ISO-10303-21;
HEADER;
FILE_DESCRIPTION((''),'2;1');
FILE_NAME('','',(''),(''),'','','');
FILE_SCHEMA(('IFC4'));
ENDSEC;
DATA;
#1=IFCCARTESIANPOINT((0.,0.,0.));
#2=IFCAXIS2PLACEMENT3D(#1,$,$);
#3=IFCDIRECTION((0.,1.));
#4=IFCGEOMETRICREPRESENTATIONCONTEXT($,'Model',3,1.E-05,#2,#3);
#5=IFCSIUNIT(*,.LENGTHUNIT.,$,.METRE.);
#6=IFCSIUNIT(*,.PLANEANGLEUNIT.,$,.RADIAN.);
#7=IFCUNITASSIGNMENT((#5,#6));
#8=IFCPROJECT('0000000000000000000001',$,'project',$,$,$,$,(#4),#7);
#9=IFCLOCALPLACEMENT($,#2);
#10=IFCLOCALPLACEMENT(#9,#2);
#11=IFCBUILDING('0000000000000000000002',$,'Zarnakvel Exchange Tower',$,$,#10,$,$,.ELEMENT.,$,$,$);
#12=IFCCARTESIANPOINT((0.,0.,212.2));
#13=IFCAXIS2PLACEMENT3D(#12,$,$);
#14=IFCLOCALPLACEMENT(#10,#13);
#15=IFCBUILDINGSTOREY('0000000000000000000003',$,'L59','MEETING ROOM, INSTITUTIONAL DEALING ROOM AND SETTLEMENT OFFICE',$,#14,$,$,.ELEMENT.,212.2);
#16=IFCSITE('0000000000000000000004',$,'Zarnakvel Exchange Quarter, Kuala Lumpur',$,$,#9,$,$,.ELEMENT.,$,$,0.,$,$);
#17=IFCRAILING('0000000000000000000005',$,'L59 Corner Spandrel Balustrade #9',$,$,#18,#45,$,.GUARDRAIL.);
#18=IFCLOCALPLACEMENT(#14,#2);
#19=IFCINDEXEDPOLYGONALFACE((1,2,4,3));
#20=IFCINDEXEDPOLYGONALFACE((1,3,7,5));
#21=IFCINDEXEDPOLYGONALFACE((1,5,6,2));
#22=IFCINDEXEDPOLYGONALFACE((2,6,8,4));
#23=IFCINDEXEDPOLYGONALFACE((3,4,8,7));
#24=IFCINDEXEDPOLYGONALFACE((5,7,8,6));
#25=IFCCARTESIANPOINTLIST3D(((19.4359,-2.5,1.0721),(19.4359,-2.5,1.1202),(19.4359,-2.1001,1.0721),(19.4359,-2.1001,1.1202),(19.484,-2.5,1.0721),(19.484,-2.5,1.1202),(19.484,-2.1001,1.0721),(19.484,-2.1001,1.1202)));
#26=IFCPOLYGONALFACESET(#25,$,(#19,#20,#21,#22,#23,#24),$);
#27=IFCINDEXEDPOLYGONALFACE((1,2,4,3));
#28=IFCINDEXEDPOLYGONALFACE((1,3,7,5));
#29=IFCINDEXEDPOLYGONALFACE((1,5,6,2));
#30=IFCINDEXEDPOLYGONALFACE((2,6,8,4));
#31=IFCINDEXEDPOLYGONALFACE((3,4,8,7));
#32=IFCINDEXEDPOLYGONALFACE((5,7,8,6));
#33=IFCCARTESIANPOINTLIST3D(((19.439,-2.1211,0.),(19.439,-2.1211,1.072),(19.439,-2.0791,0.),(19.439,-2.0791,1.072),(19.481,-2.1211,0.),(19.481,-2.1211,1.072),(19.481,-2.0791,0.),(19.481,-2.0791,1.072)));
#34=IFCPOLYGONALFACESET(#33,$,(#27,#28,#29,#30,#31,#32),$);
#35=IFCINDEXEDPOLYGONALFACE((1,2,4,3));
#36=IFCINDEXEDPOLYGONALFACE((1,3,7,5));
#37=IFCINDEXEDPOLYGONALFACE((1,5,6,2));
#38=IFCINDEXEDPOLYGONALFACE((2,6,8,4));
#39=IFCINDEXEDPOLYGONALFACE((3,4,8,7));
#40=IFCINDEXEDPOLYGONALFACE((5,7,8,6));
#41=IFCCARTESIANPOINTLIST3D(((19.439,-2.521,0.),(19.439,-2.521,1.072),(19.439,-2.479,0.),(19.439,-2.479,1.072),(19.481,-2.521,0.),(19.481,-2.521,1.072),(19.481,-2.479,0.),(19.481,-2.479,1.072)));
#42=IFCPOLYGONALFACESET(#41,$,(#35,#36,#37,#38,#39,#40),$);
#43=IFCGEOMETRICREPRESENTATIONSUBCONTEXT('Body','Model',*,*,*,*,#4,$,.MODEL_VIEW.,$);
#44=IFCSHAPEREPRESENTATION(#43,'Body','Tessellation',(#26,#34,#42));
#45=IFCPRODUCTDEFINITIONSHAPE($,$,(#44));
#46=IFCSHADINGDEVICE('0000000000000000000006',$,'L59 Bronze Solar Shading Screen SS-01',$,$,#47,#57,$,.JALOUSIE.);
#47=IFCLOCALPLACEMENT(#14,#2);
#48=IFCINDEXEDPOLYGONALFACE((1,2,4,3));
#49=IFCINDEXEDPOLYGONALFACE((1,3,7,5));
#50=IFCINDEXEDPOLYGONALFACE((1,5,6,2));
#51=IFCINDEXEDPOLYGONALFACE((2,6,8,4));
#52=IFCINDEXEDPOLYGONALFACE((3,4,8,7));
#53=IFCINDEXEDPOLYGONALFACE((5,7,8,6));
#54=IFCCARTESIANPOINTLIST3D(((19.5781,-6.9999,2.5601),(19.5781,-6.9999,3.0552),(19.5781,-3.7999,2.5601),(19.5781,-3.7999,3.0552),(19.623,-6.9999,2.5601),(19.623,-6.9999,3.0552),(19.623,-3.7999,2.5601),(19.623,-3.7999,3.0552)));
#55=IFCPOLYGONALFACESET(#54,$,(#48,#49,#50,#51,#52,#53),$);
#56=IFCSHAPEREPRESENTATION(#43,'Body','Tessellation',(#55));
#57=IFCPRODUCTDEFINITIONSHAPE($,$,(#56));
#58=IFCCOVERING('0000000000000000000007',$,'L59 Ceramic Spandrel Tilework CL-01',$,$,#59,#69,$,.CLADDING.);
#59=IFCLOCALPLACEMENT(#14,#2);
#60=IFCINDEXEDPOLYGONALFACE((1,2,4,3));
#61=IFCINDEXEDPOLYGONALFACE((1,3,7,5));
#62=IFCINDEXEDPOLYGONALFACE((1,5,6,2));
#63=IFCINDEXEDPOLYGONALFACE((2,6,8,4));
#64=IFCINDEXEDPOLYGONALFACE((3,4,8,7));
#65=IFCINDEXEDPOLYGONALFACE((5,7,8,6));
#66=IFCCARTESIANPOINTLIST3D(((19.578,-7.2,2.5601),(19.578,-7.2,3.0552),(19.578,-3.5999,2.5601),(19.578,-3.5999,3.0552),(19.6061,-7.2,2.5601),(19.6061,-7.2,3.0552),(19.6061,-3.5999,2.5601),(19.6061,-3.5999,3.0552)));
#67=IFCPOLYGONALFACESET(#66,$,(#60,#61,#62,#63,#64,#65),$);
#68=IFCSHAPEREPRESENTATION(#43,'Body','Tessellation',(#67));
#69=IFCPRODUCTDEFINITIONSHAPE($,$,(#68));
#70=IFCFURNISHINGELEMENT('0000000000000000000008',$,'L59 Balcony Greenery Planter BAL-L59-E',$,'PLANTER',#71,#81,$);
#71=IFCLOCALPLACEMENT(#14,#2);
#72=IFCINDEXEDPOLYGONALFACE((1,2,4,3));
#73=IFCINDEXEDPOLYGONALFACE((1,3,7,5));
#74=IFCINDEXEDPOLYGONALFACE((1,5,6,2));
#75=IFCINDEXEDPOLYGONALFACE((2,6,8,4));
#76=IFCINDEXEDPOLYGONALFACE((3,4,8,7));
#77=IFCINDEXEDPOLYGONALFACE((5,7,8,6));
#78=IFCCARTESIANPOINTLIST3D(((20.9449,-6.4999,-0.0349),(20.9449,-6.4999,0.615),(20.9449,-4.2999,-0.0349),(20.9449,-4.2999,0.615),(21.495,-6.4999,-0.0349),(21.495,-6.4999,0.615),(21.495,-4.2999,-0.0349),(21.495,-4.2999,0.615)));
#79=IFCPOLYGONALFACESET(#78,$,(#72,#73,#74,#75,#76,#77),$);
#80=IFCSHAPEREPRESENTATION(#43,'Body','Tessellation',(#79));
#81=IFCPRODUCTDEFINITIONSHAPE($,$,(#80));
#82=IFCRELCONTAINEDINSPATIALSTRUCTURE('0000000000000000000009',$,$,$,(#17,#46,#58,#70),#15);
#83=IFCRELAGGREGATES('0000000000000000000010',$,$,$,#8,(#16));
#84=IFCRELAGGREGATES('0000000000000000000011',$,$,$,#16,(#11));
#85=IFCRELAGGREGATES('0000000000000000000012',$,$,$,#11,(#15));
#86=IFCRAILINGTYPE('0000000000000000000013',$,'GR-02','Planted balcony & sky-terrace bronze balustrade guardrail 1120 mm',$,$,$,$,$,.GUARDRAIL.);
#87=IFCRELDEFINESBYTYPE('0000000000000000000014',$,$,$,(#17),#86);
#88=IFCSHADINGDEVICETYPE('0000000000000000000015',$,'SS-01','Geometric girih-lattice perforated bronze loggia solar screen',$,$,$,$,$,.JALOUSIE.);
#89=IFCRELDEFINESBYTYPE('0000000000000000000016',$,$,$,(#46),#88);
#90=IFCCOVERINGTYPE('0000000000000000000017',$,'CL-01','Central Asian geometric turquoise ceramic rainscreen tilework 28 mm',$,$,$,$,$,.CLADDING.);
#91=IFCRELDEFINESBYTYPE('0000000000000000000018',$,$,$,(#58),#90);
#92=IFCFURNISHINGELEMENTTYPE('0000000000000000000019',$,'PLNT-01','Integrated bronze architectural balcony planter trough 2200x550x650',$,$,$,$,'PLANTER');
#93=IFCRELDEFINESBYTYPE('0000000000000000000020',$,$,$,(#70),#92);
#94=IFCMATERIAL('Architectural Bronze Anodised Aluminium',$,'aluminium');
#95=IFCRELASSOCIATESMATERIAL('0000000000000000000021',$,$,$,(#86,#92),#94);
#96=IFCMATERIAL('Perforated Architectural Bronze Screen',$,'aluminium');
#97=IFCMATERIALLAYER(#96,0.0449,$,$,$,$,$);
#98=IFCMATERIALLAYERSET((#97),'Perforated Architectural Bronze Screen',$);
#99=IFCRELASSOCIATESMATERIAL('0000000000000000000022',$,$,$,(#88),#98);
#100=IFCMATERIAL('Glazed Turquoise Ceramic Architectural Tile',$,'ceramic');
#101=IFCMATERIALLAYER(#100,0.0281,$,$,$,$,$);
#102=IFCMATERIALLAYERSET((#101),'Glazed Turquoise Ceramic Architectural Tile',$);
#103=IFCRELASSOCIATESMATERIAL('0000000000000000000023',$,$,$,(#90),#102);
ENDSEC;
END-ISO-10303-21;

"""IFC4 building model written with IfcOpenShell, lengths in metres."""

from ifc_helpers import new_model, si_unit, direction, frame, origin, origin_2d, place, context, subcontext, project, spatial, rectangle, extrude, source, transform, mapped, material, layer, layer_set, type_object, element, save


model = new_model("IFC4")

# Units and contexts
model_context = context("Model", 3, precision=1e-05, world=origin(), true_north=direction((0.0, 1.0)))
body_context = subcontext(model_context, "Body", "Model", "MODEL_VIEW")
ifc_project = project(units=[si_unit("LENGTHUNIT", "METRE"), si_unit("PLANEANGLEUNIT", "RADIAN")], contexts=[model_context])

# Site, building, storey
site_placement = place(None, origin())
site = spatial("IfcSite", under=ifc_project, at=site_placement, Name="Zarnakvel Exchange Quarter, Kuala Lumpur", CompositionType="ELEMENT", RefElevation=0.0)
building_placement = place(site_placement, origin())
building = spatial("IfcBuilding", under=site, at=building_placement, Name="Zarnakvel Exchange Tower", CompositionType="ELEMENT")
storey_placement = place(building_placement, frame((0.0, 0.0, 212.2)))
storey = spatial("IfcBuildingStorey", under=building, at=storey_placement, Name="L59", Description="MEETING ROOM, INSTITUTIONAL DEALING ROOM AND SETTLEMENT OFFICE", CompositionType="ELEMENT", Elevation=212.2)

# Shared definitions
ifc_material_1 = material(Name="Architectural Bronze Anodised Aluminium", Category="aluminium")

# Railing
railing_type = type_object("IfcRailingType", Name="GR-02", Description="Planted balcony & sky-terrace bronze balustrade guardrail 1120 mm", PredefinedType="GUARDRAIL", material=ifc_material_1)
railing_placement = place(storey_placement, frame((19.46, -2.1001, 0.0)))
element("IfcRailing", 1, at=railing_placement, inside=storey, type_object=railing_type, Name="L59 Corner Spandrel Balustrade #9", PredefinedType="GUARDRAIL", context=body_context, shape_type="SweptSolid", body=[
    extrude(rectangle(XDim=0.0481, YDim=0.0481, at=origin_2d()), frame((0.0, 0.0, 1.0962), z_axis=(0.0, -1.0, 0.0), x_axis=(1.0, 0.0, 0.0)), (0.0, 0.0, 1.0), 0.3999),
    extrude(rectangle(XDim=0.042, YDim=0.042, at=origin_2d()), origin(), (0.0, 0.0, 1.0), 1.072),
    extrude(rectangle(XDim=0.042, YDim=0.042, at=origin_2d()), frame((0.0, -0.3999, 0.0)), (0.0, 0.0, 1.0), 1.072),
])

# Shading device
ifc_material_2 = material(Name="Perforated Architectural Bronze Screen", Category="aluminium")
ifc_layer_1 = layer(ifc_material_2, 0.0449)
ifc_layer_set_1 = layer_set([ifc_layer_1], Name="Perforated Architectural Bronze Screen")
shading_device_type = type_object("IfcShadingDeviceType", Name="SS-01", Description="Geometric girih-lattice perforated bronze loggia solar screen", PredefinedType="JALOUSIE", material=ifc_layer_set_1)
shared_shape_1 = source(origin(), body_context, "Body", "SweptSolid", [
    extrude(rectangle(XDim=3.2, YDim=0.0449, at=origin_2d()), origin(), (0.0, 0.0, 1.0), 0.4951),
])
shading_device_placement = place(storey_placement, frame((19.6006, -5.3999, 2.5601), z_axis=(0.0, 0.0, 1.0), x_axis=(0.0, -1.0, 0.0)))
element("IfcShadingDevice", 2, at=shading_device_placement, inside=storey, type_object=shading_device_type, Name="L59 Bronze Solar Shading Screen SS-01", PredefinedType="JALOUSIE", context=body_context, shape_type="MappedRepresentation", body=[
    mapped(shared_shape_1, transform((0.0, 0.0, 0.0), x_axis=(1.0, 0.0, 0.0), y_axis=(0.0, 1.0, 0.0), z_axis=(0.0, 0.0, 1.0), scale=1.0)),
])

# Covering
ifc_material_3 = material(Name="Glazed Turquoise Ceramic Architectural Tile", Category="ceramic")
ifc_layer_2 = layer(ifc_material_3, 0.0281)
ifc_layer_set_2 = layer_set([ifc_layer_2], Name="Glazed Turquoise Ceramic Architectural Tile")
covering_type = type_object("IfcCoveringType", Name="CL-01", Description="Central Asian geometric turquoise ceramic rainscreen tilework 28 mm", PredefinedType="CLADDING", material=ifc_layer_set_2)
shared_shape_2 = source(origin(), body_context, "Body", "SweptSolid", [
    extrude(rectangle(XDim=3.6001, YDim=0.0281, at=origin_2d()), origin(), (0.0, 0.0, 1.0), 0.4951),
])
covering_placement = place(storey_placement, frame((19.592, -5.3999, 2.5601), z_axis=(0.0, 0.0, 1.0), x_axis=(0.0, -1.0, 0.0)))
element("IfcCovering", 3, at=covering_placement, inside=storey, type_object=covering_type, Name="L59 Ceramic Spandrel Tilework CL-01", PredefinedType="CLADDING", context=body_context, shape_type="MappedRepresentation", body=[
    mapped(shared_shape_2, transform((0.0, 0.0, 0.0), x_axis=(1.0, 0.0, 0.0), y_axis=(0.0, 1.0, 0.0), z_axis=(0.0, 0.0, 1.0), scale=1.0)),
])

# Furnishing element
furnishing_element_type = type_object("IfcFurnishingElementType", Name="PLNT-01", Description="Integrated bronze architectural balcony planter trough 2200x550x650", ElementType="PLANTER", material=ifc_material_1)
shared_shape_3 = source(origin(), body_context, "Body", "SweptSolid", [
    extrude(rectangle(XDim=2.2, YDim=0.55, at=origin_2d()), origin(), (0.0, 0.0, 1.0), 0.6499),
])
furnishing_placement = place(storey_placement, frame((21.22, -5.3999, -0.0349), z_axis=(0.0, 0.0, 1.0), x_axis=(0.0, 1.0, 0.0)))
element("IfcFurnishingElement", 4, at=furnishing_placement, inside=storey, type_object=furnishing_element_type, Name="L59 Balcony Greenery Planter BAL-L59-E", ObjectType="PLANTER", context=body_context, shape_type="MappedRepresentation", body=[
    mapped(shared_shape_3, transform((0.0, 0.0, 0.0), x_axis=(1.0, 0.0, 0.0), y_axis=(0.0, 1.0, 0.0), z_axis=(0.0, 0.0, 1.0), scale=1.0)),
])

save(model, "model.ifc")
